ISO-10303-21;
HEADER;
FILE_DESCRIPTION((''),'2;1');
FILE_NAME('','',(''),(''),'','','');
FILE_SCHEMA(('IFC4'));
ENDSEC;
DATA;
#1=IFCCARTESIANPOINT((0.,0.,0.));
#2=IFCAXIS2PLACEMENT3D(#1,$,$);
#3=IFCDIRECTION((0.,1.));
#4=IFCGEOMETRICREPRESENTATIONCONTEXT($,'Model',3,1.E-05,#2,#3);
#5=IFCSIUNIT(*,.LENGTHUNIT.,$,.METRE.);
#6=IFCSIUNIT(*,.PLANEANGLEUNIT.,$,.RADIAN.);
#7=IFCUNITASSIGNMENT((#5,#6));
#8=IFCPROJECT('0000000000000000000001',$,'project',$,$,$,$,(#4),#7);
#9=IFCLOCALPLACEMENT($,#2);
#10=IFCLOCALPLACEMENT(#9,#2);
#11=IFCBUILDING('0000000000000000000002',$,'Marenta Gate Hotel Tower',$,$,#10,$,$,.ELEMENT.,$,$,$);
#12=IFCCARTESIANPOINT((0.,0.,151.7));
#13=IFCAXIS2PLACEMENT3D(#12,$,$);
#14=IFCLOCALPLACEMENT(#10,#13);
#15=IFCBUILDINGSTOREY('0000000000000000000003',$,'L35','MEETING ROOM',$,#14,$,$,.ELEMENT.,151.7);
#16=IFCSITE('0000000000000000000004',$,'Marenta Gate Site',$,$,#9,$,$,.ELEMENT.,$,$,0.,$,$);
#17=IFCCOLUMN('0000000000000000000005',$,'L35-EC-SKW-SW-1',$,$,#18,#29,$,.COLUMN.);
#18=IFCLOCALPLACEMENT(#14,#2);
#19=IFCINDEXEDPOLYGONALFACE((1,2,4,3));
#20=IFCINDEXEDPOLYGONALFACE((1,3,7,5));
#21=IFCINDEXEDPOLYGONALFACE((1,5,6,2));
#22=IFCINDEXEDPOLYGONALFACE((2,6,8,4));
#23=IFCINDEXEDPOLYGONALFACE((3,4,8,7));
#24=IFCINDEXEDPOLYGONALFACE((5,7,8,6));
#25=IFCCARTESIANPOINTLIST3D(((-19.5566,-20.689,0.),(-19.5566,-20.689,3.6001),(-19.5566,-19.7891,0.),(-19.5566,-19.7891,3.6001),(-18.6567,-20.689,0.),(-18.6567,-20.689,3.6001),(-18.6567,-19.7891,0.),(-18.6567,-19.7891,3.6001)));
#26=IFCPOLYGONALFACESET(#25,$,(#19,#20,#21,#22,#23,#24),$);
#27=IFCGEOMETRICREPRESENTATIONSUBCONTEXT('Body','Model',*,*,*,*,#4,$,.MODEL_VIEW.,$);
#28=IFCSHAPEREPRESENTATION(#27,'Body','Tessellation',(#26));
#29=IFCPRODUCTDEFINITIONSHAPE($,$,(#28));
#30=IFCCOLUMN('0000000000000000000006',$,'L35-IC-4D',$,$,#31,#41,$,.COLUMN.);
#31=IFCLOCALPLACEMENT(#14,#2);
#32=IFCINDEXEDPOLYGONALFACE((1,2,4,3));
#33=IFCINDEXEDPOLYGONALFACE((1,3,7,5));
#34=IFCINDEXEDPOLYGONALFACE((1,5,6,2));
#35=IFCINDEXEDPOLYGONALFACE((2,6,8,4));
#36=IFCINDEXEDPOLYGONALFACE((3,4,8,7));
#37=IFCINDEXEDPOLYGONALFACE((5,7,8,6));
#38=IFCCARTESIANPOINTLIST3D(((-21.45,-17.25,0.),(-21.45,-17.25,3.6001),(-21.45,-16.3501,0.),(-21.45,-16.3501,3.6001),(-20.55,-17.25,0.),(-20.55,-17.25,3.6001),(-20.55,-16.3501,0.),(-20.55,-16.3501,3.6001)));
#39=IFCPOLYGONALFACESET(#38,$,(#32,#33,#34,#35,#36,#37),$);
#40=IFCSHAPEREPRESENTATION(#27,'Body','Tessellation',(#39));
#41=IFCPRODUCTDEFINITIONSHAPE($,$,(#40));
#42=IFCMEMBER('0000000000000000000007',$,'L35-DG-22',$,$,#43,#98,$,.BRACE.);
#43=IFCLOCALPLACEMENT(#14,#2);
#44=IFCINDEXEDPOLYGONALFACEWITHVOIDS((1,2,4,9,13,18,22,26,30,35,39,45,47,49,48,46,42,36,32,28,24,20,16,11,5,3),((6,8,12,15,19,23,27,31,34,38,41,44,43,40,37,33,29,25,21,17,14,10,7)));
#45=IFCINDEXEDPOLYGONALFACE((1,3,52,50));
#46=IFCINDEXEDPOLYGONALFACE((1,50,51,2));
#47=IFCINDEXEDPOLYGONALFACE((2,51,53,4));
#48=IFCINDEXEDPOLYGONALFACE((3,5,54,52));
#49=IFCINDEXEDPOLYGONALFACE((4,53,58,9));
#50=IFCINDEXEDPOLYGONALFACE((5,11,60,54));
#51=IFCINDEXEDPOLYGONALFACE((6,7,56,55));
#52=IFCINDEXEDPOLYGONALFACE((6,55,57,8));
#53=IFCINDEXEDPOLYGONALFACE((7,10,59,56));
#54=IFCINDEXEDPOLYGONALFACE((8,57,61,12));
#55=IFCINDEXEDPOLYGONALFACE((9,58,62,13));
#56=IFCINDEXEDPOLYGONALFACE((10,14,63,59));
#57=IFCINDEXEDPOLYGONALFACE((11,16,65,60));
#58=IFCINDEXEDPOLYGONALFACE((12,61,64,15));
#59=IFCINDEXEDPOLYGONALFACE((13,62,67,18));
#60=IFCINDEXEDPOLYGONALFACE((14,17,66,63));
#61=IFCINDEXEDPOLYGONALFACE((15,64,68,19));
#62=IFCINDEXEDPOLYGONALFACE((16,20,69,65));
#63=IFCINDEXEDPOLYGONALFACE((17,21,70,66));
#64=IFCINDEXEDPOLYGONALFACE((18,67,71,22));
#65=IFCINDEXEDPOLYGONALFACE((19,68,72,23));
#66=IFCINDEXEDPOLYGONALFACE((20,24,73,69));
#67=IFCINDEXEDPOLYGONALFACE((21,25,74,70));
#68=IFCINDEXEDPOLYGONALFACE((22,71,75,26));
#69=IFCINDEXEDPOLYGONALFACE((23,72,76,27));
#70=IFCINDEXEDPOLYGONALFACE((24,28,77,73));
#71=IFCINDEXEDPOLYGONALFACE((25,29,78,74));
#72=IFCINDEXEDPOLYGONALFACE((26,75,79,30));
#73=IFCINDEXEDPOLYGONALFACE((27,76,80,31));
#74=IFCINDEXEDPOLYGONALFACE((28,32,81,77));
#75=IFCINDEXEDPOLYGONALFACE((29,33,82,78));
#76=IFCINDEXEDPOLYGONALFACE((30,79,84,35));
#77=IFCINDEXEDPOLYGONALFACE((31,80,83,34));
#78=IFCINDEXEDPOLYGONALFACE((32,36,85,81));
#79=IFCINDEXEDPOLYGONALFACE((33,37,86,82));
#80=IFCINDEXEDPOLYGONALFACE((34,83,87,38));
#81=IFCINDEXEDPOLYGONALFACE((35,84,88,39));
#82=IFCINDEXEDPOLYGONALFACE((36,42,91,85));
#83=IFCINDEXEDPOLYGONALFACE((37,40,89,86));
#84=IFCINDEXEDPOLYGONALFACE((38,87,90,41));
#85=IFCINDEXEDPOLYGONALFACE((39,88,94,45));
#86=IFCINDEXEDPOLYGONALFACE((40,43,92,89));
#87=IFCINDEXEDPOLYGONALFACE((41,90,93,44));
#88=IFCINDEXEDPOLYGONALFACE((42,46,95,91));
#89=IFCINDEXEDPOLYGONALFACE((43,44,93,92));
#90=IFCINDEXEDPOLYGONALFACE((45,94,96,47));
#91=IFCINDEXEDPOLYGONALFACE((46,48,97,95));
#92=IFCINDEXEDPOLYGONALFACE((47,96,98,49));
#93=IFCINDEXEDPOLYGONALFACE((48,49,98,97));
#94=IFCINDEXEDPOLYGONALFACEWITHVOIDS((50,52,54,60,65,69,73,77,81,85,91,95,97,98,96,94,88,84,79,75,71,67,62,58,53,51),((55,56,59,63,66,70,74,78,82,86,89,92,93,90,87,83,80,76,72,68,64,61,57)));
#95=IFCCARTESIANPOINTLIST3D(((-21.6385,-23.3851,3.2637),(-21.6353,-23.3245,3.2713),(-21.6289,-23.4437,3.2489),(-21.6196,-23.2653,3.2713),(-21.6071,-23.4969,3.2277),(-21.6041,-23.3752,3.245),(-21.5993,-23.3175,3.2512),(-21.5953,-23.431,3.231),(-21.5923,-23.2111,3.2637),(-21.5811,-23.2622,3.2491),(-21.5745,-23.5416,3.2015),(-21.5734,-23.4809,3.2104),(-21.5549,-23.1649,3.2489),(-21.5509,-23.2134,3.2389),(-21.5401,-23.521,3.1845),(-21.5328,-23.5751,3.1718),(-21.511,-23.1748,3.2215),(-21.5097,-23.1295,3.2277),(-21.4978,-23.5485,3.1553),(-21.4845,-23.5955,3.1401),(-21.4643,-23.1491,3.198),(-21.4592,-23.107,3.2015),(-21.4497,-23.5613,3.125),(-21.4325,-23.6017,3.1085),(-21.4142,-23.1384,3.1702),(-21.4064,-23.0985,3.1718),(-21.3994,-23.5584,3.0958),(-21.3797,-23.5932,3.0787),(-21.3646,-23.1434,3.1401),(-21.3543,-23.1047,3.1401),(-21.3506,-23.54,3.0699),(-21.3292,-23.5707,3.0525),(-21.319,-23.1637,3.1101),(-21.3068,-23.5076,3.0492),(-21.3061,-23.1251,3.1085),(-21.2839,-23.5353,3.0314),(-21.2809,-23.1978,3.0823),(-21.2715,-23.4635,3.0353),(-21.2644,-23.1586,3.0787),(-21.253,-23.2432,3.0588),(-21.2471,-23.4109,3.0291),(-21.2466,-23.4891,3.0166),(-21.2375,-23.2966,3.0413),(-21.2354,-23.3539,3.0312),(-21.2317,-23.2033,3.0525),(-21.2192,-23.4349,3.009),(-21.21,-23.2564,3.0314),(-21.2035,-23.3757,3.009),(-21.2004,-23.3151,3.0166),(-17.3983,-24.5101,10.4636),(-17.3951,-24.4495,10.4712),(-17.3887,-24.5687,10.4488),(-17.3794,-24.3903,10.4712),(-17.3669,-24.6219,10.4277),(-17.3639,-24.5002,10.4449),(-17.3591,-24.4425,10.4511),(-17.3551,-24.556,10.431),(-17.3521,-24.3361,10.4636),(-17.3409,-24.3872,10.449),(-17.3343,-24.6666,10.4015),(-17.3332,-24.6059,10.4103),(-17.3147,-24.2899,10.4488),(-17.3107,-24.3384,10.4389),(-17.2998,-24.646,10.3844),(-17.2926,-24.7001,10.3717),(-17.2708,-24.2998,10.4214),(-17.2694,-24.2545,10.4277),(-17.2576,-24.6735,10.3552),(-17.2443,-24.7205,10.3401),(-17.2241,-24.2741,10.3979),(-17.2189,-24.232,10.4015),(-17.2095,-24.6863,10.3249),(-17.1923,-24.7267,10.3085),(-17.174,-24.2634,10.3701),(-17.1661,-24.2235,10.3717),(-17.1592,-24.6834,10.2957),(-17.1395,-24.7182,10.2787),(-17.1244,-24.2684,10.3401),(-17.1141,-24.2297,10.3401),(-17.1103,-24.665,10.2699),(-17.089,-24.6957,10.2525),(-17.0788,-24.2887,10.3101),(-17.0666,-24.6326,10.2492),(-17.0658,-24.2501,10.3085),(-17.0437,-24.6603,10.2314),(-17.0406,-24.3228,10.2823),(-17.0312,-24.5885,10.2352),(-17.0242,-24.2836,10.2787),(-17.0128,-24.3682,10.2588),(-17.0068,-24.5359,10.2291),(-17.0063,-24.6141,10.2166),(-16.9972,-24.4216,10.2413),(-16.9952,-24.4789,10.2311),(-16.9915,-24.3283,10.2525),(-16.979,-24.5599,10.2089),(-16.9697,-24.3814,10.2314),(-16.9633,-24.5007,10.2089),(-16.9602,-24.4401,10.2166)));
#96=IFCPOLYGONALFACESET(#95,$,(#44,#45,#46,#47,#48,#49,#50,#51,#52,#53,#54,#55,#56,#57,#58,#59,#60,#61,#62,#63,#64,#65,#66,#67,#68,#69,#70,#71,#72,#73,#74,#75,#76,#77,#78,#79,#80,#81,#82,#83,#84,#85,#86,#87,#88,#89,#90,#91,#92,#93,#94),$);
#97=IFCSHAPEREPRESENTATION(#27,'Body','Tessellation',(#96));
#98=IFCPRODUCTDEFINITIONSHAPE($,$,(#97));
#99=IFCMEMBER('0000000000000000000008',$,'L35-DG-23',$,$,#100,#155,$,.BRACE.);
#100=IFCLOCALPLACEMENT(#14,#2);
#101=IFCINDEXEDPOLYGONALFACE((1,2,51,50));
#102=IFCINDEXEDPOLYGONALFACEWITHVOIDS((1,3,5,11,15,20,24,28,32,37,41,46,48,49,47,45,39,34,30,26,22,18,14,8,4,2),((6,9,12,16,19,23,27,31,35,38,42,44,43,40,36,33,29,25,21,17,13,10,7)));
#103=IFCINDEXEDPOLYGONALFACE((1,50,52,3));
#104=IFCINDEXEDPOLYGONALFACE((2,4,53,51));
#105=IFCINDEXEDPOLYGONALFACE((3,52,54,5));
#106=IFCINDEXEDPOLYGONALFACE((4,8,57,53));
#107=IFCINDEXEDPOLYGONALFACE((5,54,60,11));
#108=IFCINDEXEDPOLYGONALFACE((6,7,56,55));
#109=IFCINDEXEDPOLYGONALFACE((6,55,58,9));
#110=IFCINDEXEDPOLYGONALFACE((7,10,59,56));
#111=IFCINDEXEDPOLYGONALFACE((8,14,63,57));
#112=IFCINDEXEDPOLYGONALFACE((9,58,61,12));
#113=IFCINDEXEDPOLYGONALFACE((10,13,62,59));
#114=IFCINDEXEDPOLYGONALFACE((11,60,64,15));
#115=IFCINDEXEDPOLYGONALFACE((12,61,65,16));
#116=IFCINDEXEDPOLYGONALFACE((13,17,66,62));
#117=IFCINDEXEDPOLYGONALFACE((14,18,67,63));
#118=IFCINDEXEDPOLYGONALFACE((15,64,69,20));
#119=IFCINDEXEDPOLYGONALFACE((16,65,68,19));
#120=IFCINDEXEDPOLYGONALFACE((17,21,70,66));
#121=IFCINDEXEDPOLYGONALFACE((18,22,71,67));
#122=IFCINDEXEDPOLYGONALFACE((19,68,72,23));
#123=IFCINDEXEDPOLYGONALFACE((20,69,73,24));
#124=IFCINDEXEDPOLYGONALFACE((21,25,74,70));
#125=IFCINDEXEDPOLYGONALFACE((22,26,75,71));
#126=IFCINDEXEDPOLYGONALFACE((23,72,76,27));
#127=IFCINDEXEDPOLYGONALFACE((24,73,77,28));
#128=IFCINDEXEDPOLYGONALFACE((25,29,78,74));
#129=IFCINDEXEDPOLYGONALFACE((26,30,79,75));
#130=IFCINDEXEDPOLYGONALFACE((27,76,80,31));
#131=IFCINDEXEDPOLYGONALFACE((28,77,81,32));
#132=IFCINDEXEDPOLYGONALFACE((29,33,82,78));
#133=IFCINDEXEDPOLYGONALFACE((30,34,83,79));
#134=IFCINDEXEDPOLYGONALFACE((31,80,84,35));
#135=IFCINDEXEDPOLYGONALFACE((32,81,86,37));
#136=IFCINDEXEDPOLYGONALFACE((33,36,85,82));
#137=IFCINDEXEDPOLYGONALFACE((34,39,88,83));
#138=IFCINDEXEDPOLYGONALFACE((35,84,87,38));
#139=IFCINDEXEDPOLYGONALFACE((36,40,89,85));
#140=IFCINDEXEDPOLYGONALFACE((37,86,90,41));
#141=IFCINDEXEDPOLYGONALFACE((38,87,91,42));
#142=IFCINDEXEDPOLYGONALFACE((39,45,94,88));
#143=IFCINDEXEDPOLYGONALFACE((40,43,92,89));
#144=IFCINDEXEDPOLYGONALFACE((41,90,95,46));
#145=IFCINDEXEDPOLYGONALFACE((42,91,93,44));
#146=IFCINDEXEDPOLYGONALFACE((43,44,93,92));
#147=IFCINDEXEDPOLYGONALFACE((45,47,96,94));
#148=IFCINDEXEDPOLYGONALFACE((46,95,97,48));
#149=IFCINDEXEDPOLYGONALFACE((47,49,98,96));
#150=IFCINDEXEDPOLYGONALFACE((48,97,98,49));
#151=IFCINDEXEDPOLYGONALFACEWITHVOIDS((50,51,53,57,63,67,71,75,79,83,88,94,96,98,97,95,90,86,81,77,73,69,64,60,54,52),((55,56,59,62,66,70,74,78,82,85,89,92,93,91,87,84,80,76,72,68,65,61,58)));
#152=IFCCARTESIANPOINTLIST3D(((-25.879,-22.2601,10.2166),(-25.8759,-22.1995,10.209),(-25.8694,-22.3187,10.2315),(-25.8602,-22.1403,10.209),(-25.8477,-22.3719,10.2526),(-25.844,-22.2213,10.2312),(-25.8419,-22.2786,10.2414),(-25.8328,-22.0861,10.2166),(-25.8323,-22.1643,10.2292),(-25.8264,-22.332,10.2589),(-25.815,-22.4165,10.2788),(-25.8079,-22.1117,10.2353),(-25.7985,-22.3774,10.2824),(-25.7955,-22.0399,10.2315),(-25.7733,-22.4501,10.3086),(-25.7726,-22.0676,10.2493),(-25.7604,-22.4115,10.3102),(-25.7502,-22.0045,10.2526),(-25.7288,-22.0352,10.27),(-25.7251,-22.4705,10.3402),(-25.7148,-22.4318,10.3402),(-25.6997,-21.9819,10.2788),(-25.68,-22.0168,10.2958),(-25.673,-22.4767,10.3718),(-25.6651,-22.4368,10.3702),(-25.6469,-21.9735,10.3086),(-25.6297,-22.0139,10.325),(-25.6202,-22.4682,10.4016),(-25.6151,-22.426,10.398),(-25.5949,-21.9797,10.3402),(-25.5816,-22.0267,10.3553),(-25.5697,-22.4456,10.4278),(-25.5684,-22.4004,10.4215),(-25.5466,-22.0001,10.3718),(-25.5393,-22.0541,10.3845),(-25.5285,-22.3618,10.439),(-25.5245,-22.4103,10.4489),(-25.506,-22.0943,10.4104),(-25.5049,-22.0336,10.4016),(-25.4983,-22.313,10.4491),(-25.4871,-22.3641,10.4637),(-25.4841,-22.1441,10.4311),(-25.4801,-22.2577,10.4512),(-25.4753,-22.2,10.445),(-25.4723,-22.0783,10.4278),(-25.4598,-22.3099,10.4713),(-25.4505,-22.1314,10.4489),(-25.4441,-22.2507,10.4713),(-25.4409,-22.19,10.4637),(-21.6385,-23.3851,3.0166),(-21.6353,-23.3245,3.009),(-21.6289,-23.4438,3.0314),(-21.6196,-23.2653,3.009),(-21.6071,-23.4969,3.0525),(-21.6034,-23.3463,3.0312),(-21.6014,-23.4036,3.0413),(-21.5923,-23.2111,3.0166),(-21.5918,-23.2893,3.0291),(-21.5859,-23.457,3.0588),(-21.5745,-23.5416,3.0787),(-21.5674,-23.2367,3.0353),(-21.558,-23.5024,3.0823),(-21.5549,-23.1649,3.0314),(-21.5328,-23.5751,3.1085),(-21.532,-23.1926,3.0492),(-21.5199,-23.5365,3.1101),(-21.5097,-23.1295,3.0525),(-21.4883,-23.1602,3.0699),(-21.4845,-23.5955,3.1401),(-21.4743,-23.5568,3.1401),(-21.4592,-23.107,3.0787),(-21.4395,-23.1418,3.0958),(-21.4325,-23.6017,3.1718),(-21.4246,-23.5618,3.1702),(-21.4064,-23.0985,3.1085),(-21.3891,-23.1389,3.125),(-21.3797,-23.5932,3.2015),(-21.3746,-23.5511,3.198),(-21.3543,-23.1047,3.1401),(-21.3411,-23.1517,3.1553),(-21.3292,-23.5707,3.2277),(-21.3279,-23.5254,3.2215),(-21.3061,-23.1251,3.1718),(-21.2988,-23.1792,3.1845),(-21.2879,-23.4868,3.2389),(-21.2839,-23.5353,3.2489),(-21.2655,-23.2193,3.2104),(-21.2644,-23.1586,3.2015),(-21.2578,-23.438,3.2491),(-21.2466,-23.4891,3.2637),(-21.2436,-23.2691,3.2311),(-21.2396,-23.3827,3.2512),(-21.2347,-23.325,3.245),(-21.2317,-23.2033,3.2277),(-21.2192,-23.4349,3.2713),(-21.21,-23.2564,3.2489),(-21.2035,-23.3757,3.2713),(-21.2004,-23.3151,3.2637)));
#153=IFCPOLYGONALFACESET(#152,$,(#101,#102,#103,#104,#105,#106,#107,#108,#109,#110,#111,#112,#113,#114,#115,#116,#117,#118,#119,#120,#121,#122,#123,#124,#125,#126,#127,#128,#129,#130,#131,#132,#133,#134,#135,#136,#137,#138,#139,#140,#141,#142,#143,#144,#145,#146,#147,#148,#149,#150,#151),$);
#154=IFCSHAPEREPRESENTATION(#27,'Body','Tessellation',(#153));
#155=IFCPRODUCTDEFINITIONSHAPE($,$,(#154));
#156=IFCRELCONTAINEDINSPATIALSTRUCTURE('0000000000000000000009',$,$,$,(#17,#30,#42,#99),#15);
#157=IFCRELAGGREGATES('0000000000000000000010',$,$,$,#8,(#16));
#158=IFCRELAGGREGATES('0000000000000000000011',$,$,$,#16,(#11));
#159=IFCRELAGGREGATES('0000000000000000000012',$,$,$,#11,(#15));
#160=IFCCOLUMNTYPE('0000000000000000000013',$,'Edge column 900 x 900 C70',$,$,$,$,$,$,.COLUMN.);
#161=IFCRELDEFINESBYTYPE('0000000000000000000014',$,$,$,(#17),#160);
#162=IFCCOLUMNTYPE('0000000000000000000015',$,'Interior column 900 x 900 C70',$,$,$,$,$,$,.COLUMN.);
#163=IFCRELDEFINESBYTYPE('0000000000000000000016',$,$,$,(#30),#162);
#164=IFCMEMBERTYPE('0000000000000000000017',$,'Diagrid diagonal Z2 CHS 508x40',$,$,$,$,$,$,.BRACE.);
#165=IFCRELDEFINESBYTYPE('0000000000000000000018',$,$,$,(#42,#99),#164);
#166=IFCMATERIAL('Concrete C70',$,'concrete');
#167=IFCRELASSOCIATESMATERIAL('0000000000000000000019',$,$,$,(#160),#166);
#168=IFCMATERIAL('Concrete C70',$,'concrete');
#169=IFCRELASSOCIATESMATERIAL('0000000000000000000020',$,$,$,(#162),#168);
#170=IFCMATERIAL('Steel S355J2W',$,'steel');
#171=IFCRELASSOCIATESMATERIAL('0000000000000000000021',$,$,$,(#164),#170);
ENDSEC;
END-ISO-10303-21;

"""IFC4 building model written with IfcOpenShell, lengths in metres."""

from ifc_helpers import new_model, si_unit, direction, frame, origin, origin_2d, place, context, subcontext, project, spatial, rectangle, hollow_circle, extrude, material, material_profile, profile_set, type_object, element, save


model = new_model("IFC4")

# Units and contexts
model_context = context("Model", 3, precision=1e-05, world=origin(), true_north=direction((0.0, 1.0)))
body_context = subcontext(model_context, "Body", "Model", "MODEL_VIEW")
ifc_project = project(units=[si_unit("LENGTHUNIT", "METRE"), si_unit("PLANEANGLEUNIT", "RADIAN")], contexts=[model_context])

# Site, building, storey
site_placement = place(None, origin())
site = spatial("IfcSite", under=ifc_project, at=site_placement, Name="Marenta Gate Site", CompositionType="ELEMENT", RefElevation=0.0)
building_placement = place(site_placement, origin())
building = spatial("IfcBuilding", under=site, at=building_placement, Name="Marenta Gate Hotel Tower", CompositionType="ELEMENT")
storey_placement = place(building_placement, frame((0.0, 0.0, 151.7)))
storey = spatial("IfcBuildingStorey", under=building, at=storey_placement, Name="L35", Description="MEETING ROOM", CompositionType="ELEMENT", Elevation=151.7)

# Columns
ifc_material_1 = material(Name="Concrete C70", Category="concrete")
ifc_material_profile_1 = material_profile(ifc_material_1, rectangle(XDim=0.8999, YDim=0.8999, at=origin_2d()), Name="900 x 900")
ifc_profile_set_1 = profile_set([ifc_material_profile_1], Name="Concrete C70")
column_type_1 = type_object("IfcColumnType", Name="Edge column 900 x 900 C70", PredefinedType="COLUMN", material=ifc_profile_set_1)
column_1_placement = place(storey_placement, frame((-19.1067, -20.239, 0.0), z_axis=(0.0, 0.0, 1.0), x_axis=(1.0, 0.0, 0.0)))
element("IfcColumn", 1, at=column_1_placement, inside=storey, type_object=column_type_1, Name="L35-EC-SKW-SW-1", PredefinedType="COLUMN", context=body_context, shape_type="SweptSolid", body=[
    extrude(rectangle(XDim=0.8999, YDim=0.8999, at=origin_2d()), origin(), (0.0, 0.0, 1.0), 3.6001),
])
ifc_material_2 = material(Name="Concrete C70", Category="concrete")
ifc_material_profile_2 = material_profile(ifc_material_2, rectangle(XDim=0.8999, YDim=0.8999, at=origin_2d()), Name="900 x 900")
ifc_profile_set_2 = profile_set([ifc_material_profile_2], Name="Concrete C70")
column_type_2 = type_object("IfcColumnType", Name="Interior column 900 x 900 C70", PredefinedType="COLUMN", material=ifc_profile_set_2)
column_2_placement = place(storey_placement, frame((-21.0, -16.8, 0.0), z_axis=(0.0, 0.0, 1.0), x_axis=(1.0, 0.0, 0.0)))
element("IfcColumn", 2, at=column_2_placement, inside=storey, type_object=column_type_2, Name="L35-IC-4D", PredefinedType="COLUMN", context=body_context, shape_type="SweptSolid", body=[
    extrude(rectangle(XDim=0.8999, YDim=0.8999, at=origin_2d()), origin(), (0.0, 0.0, 1.0), 3.6001),
])

# Members
ifc_material_3 = material(Name="Steel S355J2W", Category="steel")
ifc_material_profile_3 = material_profile(ifc_material_3, hollow_circle(Radius=0.2539, WallThickness=0.04, at=origin_2d()), Name="CHS 508x40")
ifc_profile_set_3 = profile_set([ifc_material_profile_3], Name="Steel S355J2W")
member_type_1 = type_object("IfcMemberType", Name="Diagrid diagonal Z2 CHS 508x40", PredefinedType="BRACE", material=ifc_profile_set_3)
member_1_placement = place(storey_placement, frame((-21.4194, -23.3501, 3.1401), z_axis=(0.502924, -0.133434, 0.853969), x_axis=(0.256443, 0.966559, 0.0)))
element("IfcMember", 3, at=member_1_placement, inside=storey, type_object=member_type_1, Name="L35-DG-22", PredefinedType="BRACE", context=body_context, shape_type="SweptSolid", body=[
    extrude(hollow_circle(Radius=0.2539, WallThickness=0.04, at=origin_2d()), origin(), (0.0, 0.0, 1.0), 8.4312),
])
member_2_placement = place(storey_placement, frame((-21.4194, -23.3501, 3.1401), z_axis=(-0.502946, 0.133432, 0.853956), x_axis=(-0.256429, -0.966563, 0.0)))
element("IfcMember", 4, at=member_2_placement, inside=storey, type_object=member_type_1, Name="L35-DG-23", PredefinedType="BRACE", context=body_context, shape_type="SweptSolid", body=[
    extrude(hollow_circle(Radius=0.2539, WallThickness=0.04, at=origin_2d()), origin(), (0.0, 0.0, 1.0), 8.4314),
])

save(model, "model.ifc")
